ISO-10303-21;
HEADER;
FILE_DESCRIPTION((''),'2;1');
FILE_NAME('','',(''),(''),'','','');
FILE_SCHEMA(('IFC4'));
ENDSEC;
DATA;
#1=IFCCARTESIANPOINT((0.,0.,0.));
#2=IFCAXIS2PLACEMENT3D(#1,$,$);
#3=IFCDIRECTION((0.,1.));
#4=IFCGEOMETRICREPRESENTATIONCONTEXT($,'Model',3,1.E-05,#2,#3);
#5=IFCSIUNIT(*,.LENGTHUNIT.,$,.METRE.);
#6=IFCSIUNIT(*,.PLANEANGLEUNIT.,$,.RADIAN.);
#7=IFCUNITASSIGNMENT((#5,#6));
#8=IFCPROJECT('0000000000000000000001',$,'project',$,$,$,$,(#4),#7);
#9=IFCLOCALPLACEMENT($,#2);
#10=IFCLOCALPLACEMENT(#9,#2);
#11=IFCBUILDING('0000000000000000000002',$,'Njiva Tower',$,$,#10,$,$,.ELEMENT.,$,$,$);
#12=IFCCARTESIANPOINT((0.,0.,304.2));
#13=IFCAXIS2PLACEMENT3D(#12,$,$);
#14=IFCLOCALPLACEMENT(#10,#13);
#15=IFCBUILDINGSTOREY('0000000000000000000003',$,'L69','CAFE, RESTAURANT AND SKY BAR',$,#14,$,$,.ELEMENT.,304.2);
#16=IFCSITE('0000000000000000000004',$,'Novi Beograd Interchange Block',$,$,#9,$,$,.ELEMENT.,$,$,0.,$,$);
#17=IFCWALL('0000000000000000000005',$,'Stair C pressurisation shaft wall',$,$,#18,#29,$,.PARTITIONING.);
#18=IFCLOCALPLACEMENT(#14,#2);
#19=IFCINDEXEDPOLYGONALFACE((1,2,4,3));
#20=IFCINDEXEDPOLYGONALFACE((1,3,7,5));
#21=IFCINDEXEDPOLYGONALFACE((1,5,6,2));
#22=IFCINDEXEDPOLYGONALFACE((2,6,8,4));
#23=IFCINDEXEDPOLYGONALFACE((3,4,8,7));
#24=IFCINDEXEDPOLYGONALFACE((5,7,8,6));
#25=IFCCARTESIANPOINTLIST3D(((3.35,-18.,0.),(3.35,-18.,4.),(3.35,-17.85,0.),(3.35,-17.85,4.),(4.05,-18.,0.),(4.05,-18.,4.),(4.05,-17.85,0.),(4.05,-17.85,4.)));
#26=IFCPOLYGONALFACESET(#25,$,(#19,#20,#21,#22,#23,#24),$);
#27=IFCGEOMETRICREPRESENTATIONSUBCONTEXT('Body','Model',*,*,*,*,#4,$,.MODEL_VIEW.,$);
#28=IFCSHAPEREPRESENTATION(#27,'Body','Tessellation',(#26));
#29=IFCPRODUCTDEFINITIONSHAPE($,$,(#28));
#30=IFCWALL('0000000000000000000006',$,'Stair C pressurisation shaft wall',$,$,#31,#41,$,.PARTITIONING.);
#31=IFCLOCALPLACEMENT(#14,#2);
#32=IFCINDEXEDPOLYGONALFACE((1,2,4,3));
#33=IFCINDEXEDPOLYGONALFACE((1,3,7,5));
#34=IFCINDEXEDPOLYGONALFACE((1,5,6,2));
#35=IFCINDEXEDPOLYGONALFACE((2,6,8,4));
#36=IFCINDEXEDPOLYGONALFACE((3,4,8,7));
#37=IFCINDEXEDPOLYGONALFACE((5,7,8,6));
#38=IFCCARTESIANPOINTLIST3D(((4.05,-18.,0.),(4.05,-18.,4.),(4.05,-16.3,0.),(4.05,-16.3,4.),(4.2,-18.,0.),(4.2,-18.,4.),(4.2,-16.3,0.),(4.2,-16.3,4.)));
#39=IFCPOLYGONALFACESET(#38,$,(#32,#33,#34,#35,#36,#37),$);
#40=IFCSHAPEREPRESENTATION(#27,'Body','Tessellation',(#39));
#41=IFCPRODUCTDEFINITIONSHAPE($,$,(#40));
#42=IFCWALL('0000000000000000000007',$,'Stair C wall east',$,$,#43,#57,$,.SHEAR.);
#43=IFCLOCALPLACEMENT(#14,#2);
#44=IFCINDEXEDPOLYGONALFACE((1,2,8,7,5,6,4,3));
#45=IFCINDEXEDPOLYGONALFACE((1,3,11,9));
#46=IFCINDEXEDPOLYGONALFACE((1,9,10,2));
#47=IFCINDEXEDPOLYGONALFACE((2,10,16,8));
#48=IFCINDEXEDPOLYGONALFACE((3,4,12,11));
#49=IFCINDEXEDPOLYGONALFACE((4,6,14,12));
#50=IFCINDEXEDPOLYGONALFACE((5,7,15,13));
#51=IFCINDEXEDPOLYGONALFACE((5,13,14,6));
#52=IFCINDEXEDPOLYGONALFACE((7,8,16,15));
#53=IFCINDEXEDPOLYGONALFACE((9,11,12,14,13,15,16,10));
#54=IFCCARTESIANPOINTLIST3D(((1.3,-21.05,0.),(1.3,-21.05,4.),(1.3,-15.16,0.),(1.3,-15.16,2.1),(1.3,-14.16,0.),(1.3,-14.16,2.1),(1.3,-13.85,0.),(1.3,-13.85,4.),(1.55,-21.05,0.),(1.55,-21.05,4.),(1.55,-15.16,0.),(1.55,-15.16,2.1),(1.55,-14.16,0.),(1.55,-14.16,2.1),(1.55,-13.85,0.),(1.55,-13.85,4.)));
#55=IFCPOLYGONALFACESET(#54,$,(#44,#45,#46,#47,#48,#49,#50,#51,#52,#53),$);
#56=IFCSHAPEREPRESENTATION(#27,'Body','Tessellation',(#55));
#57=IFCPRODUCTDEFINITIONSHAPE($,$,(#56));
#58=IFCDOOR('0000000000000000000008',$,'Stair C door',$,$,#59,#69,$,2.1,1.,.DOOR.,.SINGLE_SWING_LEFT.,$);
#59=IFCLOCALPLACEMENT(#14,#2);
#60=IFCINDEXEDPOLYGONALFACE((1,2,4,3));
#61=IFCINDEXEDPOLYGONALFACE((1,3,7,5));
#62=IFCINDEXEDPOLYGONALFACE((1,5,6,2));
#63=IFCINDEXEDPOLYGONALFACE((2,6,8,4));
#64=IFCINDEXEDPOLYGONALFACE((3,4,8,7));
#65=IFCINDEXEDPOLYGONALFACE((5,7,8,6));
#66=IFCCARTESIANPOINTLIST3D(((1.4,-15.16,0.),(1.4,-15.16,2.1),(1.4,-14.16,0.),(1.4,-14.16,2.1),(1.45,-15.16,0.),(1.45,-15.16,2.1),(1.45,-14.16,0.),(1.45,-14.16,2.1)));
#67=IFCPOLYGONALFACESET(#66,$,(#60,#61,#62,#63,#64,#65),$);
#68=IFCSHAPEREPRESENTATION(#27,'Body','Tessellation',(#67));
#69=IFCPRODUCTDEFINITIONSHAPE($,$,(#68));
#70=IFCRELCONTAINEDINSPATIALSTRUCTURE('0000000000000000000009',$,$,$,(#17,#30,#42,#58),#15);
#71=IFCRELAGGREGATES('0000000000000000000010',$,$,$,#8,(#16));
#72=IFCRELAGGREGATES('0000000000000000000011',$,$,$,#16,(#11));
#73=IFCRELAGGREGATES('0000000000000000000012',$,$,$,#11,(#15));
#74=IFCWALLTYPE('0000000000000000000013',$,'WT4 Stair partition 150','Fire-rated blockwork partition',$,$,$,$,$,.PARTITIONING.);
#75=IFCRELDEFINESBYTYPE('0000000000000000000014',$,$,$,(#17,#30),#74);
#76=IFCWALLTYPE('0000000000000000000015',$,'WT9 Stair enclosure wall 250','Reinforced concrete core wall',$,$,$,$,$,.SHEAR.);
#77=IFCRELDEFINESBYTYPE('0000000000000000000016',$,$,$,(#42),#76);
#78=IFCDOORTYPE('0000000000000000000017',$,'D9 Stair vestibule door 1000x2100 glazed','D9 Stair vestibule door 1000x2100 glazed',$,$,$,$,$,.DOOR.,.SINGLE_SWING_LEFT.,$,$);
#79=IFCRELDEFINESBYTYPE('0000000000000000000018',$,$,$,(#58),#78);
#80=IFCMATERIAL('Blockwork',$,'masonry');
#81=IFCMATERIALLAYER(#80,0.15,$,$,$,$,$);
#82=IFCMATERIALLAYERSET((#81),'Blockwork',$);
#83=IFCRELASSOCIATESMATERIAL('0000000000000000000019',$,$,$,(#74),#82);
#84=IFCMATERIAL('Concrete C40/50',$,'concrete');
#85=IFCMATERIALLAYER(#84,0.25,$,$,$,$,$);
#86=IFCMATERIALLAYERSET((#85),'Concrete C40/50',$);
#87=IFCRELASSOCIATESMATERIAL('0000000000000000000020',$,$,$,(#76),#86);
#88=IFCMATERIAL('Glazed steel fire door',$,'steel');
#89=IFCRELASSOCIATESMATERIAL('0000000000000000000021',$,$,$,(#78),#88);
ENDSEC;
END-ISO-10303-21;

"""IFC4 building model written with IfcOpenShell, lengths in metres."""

from ifc_helpers import new_model, si_unit, direction, frame, frame_2d, origin, place, context, subcontext, project, spatial, rectangle, extrude, material, layer, layer_set, type_object, element, fill, save


model = new_model("IFC4")

# Units and contexts
model_context = context("Model", 3, precision=1e-05, world=origin(), true_north=direction((0.0, 1.0)))
body_context = subcontext(model_context, "Body", "Model", "MODEL_VIEW")
ifc_project = project(units=[si_unit("LENGTHUNIT", "METRE"), si_unit("PLANEANGLEUNIT", "RADIAN")], contexts=[model_context])

# Site, building, storey
site_placement = place(None, origin())
site = spatial("IfcSite", under=ifc_project, at=site_placement, Name="Novi Beograd Interchange Block", CompositionType="ELEMENT", RefElevation=0.0)
building_placement = place(site_placement, origin())
building = spatial("IfcBuilding", under=site, at=building_placement, Name="Njiva Tower", CompositionType="ELEMENT")
storey_placement = place(building_placement, frame((0.0, 0.0, 304.2)))
storey = spatial("IfcBuildingStorey", under=building, at=storey_placement, Name="L69", Description="CAFE, RESTAURANT AND SKY BAR", CompositionType="ELEMENT", Elevation=304.2)

# Walls
ifc_material_1 = material(Name="Blockwork", Category="masonry")
ifc_layer_1 = layer(ifc_material_1, 0.15)
ifc_layer_set_1 = layer_set([ifc_layer_1], Name="Blockwork")
wall_type_1 = type_object("IfcWallType", Name="WT4 Stair partition 150", Description="Fire-rated blockwork partition", PredefinedType="PARTITIONING", material=ifc_layer_set_1)
wall_1_placement = place(storey_placement, frame((3.35, -17.925, 0.0), z_axis=(0.0, 0.0, 1.0), x_axis=(1.0, 0.0, 0.0)))
element("IfcWall", 1, at=wall_1_placement, inside=storey, type_object=wall_type_1, Name="Stair C pressurisation shaft wall", PredefinedType="PARTITIONING", context=body_context, shape_type="SweptSolid", body=[
    extrude(rectangle(XDim=0.7, YDim=0.15, at=frame_2d((0.35, 0.0))), origin(), (0.0, 0.0, 1.0), 4.0),
])
wall_2_placement = place(storey_placement, frame((4.125, -18.0, 0.0), z_axis=(0.0, 0.0, 1.0), x_axis=(0.0, 1.0, 0.0)))
element("IfcWall", 2, at=wall_2_placement, inside=storey, type_object=wall_type_1, Name="Stair C pressurisation shaft wall", PredefinedType="PARTITIONING", context=body_context, shape_type="SweptSolid", body=[
    extrude(rectangle(XDim=1.7, YDim=0.15, at=frame_2d((0.85, 0.0))), origin(), (0.0, 0.0, 1.0), 4.0),
])

# Wall, opening, door
ifc_material_2 = material(Name="Concrete C40/50", Category="concrete")
ifc_layer_2 = layer(ifc_material_2, 0.25)
ifc_layer_set_2 = layer_set([ifc_layer_2], Name="Concrete C40/50")
wall_type_2 = type_object("IfcWallType", Name="WT9 Stair enclosure wall 250", Description="Reinforced concrete core wall", PredefinedType="SHEAR", material=ifc_layer_set_2)
wall_3_placement = place(storey_placement, frame((1.425, -21.05, 0.0), z_axis=(0.0, 0.0, 1.0), x_axis=(0.0, 1.0, 0.0)))
wall_3 = element("IfcWall", 3, at=wall_3_placement, inside=storey, type_object=wall_type_2, Name="Stair C wall east", PredefinedType="SHEAR", context=body_context, shape_type="SweptSolid", body=[
    extrude(rectangle(XDim=7.2, YDim=0.25, at=frame_2d((3.6, 0.0))), origin(), (0.0, 0.0, 1.0), 4.0),
])
opening_1_placement = place(wall_3_placement, frame((5.89, 0.0, 0.0)))
opening_1 = element("IfcOpeningElement", 4, at=opening_1_placement, cuts=wall_3, PredefinedType="OPENING", context=body_context, shape_type="SweptSolid", body=[
    extrude(rectangle(XDim=1.0, YDim=2.1, at=frame_2d((0.5, 1.05))), frame((0.0, 0.135, 0.0), z_axis=(0.0, -1.0, 0.0), x_axis=(1.0, 0.0, 0.0)), (0.0, 0.0, 1.0), 0.27),
])
ifc_material_3 = material(Name="Glazed steel fire door", Category="steel")
door_type = type_object("IfcDoorType", Name="D9 Stair vestibule door 1000x2100 glazed", Description="D9 Stair vestibule door 1000x2100 glazed", OperationType="SINGLE_SWING_LEFT", PredefinedType="DOOR", material=ifc_material_3)
door_placement = place(opening_1_placement, origin())
door = element("IfcDoor", 5, at=door_placement, inside=storey, type_object=door_type, Name="Stair C door", OperationType="SINGLE_SWING_LEFT", OverallHeight=2.1, OverallWidth=1.0, PredefinedType="DOOR", context=body_context, shape_type="SweptSolid", body=[
    extrude(rectangle(XDim=1.0, YDim=2.1, at=frame_2d((0.5, 1.05))), frame((0.0, 0.025, 0.0), z_axis=(0.0, -1.0, 0.0), x_axis=(1.0, 0.0, 0.0)), (0.0, 0.0, 1.0), 0.05),
])
fill(opening_1, door)

save(model, "model.ifc")
